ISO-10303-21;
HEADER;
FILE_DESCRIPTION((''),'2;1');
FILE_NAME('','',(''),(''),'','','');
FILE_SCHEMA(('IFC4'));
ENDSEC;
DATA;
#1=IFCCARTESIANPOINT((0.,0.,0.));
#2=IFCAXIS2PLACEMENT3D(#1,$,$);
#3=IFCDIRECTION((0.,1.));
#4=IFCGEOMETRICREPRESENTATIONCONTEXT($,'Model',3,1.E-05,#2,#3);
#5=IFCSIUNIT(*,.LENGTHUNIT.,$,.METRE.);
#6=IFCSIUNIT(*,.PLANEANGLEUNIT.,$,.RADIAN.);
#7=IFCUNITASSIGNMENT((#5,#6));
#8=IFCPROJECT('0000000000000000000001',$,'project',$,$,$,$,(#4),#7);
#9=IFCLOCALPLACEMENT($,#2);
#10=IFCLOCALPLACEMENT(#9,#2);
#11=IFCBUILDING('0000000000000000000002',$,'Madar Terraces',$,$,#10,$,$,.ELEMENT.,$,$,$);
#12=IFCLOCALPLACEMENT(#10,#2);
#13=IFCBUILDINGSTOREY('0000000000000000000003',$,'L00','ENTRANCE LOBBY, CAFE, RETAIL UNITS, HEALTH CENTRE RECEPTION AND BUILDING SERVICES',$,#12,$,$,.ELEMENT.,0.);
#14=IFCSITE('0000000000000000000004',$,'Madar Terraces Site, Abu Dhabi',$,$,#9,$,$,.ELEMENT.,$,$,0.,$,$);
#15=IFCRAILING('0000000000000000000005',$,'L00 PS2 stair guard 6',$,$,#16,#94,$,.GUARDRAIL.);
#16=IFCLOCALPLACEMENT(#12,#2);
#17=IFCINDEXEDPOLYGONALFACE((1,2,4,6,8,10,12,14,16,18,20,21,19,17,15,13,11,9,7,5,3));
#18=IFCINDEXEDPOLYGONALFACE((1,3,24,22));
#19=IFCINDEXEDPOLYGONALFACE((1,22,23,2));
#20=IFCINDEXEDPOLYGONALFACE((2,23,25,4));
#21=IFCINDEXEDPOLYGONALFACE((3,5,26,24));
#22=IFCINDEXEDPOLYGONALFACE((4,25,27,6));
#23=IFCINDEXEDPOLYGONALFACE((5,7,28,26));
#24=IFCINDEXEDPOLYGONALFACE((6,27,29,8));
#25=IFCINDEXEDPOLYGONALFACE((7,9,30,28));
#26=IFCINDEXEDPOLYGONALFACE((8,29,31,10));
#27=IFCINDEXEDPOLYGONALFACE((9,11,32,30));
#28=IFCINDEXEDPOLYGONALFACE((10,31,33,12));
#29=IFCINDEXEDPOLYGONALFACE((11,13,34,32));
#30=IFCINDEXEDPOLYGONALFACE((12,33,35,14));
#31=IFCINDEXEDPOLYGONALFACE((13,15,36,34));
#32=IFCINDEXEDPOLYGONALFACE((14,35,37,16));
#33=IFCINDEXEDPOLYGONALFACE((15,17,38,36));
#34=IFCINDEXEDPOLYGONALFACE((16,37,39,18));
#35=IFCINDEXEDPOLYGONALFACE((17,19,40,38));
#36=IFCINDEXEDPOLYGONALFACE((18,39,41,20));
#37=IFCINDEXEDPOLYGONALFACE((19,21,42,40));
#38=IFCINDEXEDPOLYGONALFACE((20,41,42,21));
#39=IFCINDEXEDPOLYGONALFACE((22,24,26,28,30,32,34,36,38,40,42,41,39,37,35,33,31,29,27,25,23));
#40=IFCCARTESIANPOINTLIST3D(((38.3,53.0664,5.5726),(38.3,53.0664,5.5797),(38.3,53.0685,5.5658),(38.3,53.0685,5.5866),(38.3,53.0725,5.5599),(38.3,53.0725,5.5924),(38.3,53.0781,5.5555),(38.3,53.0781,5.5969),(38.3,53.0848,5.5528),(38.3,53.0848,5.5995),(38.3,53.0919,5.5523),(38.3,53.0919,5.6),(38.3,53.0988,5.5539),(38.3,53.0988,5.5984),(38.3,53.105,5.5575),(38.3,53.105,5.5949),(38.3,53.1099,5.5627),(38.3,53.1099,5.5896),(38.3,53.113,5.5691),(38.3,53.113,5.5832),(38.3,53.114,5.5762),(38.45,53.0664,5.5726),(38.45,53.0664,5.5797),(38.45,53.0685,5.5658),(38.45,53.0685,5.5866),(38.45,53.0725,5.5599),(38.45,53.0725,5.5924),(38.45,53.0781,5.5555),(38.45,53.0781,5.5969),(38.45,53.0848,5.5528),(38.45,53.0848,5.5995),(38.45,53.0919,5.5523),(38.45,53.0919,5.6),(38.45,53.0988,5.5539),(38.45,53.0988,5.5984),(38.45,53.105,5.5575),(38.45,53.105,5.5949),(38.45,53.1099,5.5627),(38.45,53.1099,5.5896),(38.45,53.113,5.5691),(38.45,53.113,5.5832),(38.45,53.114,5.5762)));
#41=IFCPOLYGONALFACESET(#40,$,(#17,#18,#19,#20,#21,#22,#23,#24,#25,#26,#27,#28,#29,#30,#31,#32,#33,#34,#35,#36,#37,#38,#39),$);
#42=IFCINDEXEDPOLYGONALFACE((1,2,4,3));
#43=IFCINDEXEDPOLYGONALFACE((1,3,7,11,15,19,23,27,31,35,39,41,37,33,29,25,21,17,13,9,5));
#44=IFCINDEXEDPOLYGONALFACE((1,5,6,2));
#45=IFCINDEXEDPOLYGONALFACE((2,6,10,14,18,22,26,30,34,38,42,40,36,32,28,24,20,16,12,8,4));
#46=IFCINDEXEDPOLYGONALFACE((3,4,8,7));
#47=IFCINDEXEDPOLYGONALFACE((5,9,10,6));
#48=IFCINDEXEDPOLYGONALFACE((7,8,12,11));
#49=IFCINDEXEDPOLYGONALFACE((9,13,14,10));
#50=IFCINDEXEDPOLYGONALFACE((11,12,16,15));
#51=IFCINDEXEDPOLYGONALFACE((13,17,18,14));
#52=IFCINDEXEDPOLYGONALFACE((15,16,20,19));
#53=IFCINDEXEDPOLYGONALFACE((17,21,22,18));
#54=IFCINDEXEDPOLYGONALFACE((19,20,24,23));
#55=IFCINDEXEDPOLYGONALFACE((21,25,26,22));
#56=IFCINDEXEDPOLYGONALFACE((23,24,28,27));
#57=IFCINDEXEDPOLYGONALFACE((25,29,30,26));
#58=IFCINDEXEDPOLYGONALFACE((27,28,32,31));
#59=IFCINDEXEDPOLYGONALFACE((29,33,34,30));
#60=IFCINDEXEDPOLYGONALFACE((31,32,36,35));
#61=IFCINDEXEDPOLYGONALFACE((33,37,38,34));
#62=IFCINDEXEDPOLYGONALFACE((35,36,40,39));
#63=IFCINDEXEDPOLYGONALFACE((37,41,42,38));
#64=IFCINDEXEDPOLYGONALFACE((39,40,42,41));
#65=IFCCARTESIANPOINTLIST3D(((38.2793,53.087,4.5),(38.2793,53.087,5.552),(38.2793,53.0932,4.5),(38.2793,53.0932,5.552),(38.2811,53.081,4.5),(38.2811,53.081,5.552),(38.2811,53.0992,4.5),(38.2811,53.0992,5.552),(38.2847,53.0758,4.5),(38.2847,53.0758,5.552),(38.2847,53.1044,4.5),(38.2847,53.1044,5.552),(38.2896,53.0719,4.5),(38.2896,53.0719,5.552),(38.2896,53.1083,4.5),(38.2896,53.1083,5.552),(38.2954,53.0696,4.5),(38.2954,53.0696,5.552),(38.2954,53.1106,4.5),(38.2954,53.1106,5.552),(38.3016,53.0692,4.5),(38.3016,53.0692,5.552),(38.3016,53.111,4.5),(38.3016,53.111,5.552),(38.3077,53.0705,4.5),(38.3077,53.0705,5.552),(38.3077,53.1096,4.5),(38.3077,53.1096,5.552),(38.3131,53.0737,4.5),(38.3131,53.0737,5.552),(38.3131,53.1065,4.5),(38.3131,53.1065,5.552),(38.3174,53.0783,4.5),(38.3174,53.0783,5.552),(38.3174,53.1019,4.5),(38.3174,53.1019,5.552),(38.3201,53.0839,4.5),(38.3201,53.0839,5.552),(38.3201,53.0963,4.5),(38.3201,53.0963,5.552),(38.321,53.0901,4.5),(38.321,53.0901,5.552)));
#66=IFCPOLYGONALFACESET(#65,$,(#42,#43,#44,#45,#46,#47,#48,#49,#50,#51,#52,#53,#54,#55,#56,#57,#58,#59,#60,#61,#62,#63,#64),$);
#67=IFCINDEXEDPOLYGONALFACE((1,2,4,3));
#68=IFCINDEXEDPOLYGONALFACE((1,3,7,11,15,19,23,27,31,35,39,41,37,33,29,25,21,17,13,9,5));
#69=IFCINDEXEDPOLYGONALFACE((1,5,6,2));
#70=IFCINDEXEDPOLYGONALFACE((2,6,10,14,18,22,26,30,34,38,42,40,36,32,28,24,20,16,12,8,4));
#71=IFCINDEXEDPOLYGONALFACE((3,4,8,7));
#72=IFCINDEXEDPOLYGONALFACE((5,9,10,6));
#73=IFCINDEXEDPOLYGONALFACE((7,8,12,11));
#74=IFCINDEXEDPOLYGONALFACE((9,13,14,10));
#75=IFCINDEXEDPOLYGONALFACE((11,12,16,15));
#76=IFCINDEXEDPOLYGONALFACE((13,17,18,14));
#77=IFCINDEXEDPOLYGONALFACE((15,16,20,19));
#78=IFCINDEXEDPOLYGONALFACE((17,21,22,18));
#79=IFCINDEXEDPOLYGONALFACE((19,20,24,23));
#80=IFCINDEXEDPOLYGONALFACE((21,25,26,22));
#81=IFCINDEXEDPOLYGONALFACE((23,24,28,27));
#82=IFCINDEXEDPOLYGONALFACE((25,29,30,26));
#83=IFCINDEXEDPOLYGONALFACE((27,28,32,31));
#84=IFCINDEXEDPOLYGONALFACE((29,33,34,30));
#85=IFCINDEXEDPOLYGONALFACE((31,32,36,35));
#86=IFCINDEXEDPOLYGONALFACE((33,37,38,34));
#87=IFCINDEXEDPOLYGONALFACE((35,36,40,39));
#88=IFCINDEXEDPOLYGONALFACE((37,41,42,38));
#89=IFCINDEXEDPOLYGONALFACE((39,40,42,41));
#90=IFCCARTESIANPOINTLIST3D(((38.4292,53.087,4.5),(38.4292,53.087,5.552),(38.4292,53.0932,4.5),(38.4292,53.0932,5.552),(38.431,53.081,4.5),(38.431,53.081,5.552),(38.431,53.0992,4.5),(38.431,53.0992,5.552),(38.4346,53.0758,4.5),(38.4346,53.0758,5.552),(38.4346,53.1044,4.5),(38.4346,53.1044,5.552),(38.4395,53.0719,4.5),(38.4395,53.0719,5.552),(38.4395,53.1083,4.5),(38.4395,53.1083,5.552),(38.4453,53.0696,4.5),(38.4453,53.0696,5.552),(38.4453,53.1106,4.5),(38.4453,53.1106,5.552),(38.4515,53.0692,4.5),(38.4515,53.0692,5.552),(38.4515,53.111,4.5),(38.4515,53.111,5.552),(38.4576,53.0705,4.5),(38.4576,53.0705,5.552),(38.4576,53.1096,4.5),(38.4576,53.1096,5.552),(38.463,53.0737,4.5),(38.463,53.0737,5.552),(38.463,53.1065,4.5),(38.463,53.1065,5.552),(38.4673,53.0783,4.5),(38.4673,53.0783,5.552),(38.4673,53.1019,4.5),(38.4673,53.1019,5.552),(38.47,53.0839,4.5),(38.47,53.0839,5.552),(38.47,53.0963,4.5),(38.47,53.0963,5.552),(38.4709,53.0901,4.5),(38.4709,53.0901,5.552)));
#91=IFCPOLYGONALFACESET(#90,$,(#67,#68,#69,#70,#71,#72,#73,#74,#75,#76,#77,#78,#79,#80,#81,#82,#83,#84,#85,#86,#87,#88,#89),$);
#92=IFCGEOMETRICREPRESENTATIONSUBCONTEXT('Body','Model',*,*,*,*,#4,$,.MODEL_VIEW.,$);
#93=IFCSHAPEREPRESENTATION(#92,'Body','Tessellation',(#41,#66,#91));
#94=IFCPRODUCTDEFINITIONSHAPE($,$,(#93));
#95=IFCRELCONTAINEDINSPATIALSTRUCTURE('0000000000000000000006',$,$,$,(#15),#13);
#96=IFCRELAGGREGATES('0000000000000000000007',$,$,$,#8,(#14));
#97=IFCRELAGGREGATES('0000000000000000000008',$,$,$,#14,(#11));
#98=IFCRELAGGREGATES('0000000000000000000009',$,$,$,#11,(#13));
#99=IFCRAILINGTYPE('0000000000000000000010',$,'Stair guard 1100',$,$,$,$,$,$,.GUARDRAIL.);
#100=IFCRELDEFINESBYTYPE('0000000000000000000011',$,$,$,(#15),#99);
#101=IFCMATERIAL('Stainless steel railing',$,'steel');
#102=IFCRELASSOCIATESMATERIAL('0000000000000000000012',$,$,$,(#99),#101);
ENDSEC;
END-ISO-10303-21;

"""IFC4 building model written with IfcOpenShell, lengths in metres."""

from ifc_helpers import new_model, si_unit, direction, frame, origin, origin_2d, place, context, subcontext, project, spatial, circle, extrude, material, type_object, element, save


model = new_model("IFC4")

# Units and contexts
model_context = context("Model", 3, precision=1e-05, world=origin(), true_north=direction((0.0, 1.0)))
body_context = subcontext(model_context, "Body", "Model", "MODEL_VIEW")
ifc_project = project(units=[si_unit("LENGTHUNIT", "METRE"), si_unit("PLANEANGLEUNIT", "RADIAN")], contexts=[model_context])

# Site, building, storey
site_placement = place(None, origin())
site = spatial("IfcSite", under=ifc_project, at=site_placement, Name="Madar Terraces Site, Abu Dhabi", CompositionType="ELEMENT", RefElevation=0.0)
building_placement = place(site_placement, origin())
building = spatial("IfcBuilding", under=site, at=building_placement, Name="Madar Terraces", CompositionType="ELEMENT")
storey_placement = place(building_placement, origin())
storey = spatial("IfcBuildingStorey", under=building, at=storey_placement, Name="L00", Description="ENTRANCE LOBBY, CAFE, RETAIL UNITS, HEALTH CENTRE RECEPTION AND BUILDING SERVICES", CompositionType="ELEMENT", Elevation=0.0)

# Railing
ifc_material_1 = material(Name="Stainless steel railing", Category="steel")
railing_type_1 = type_object("IfcRailingType", Name="Stair guard 1100", PredefinedType="GUARDRAIL", material=ifc_material_1)
railing_1_placement = place(storey_placement, frame((38.3, 53.0901, 4.5)))
element("IfcRailing", 1, at=railing_1_placement, inside=storey, type_object=railing_type_1, Name="L00 PS2 stair guard 6", PredefinedType="GUARDRAIL", context=body_context, shape_type="SweptSolid", body=[
    extrude(circle(Radius=0.0239, at=origin_2d()), frame((0.0, 0.0, 1.0762), z_axis=(1.0, 0.0, 0.0), x_axis=(0.0, 1.0, 0.0)), (0.0, 0.0, 1.0), 0.1499),
    extrude(circle(Radius=0.021, at=origin_2d()), origin(), (0.0, 0.0, 1.0), 1.052),
    extrude(circle(Radius=0.021, at=origin_2d()), frame((0.1499, 0.0, 0.0)), (0.0, 0.0, 1.0), 1.052),
])

save(model, "model.ifc")
